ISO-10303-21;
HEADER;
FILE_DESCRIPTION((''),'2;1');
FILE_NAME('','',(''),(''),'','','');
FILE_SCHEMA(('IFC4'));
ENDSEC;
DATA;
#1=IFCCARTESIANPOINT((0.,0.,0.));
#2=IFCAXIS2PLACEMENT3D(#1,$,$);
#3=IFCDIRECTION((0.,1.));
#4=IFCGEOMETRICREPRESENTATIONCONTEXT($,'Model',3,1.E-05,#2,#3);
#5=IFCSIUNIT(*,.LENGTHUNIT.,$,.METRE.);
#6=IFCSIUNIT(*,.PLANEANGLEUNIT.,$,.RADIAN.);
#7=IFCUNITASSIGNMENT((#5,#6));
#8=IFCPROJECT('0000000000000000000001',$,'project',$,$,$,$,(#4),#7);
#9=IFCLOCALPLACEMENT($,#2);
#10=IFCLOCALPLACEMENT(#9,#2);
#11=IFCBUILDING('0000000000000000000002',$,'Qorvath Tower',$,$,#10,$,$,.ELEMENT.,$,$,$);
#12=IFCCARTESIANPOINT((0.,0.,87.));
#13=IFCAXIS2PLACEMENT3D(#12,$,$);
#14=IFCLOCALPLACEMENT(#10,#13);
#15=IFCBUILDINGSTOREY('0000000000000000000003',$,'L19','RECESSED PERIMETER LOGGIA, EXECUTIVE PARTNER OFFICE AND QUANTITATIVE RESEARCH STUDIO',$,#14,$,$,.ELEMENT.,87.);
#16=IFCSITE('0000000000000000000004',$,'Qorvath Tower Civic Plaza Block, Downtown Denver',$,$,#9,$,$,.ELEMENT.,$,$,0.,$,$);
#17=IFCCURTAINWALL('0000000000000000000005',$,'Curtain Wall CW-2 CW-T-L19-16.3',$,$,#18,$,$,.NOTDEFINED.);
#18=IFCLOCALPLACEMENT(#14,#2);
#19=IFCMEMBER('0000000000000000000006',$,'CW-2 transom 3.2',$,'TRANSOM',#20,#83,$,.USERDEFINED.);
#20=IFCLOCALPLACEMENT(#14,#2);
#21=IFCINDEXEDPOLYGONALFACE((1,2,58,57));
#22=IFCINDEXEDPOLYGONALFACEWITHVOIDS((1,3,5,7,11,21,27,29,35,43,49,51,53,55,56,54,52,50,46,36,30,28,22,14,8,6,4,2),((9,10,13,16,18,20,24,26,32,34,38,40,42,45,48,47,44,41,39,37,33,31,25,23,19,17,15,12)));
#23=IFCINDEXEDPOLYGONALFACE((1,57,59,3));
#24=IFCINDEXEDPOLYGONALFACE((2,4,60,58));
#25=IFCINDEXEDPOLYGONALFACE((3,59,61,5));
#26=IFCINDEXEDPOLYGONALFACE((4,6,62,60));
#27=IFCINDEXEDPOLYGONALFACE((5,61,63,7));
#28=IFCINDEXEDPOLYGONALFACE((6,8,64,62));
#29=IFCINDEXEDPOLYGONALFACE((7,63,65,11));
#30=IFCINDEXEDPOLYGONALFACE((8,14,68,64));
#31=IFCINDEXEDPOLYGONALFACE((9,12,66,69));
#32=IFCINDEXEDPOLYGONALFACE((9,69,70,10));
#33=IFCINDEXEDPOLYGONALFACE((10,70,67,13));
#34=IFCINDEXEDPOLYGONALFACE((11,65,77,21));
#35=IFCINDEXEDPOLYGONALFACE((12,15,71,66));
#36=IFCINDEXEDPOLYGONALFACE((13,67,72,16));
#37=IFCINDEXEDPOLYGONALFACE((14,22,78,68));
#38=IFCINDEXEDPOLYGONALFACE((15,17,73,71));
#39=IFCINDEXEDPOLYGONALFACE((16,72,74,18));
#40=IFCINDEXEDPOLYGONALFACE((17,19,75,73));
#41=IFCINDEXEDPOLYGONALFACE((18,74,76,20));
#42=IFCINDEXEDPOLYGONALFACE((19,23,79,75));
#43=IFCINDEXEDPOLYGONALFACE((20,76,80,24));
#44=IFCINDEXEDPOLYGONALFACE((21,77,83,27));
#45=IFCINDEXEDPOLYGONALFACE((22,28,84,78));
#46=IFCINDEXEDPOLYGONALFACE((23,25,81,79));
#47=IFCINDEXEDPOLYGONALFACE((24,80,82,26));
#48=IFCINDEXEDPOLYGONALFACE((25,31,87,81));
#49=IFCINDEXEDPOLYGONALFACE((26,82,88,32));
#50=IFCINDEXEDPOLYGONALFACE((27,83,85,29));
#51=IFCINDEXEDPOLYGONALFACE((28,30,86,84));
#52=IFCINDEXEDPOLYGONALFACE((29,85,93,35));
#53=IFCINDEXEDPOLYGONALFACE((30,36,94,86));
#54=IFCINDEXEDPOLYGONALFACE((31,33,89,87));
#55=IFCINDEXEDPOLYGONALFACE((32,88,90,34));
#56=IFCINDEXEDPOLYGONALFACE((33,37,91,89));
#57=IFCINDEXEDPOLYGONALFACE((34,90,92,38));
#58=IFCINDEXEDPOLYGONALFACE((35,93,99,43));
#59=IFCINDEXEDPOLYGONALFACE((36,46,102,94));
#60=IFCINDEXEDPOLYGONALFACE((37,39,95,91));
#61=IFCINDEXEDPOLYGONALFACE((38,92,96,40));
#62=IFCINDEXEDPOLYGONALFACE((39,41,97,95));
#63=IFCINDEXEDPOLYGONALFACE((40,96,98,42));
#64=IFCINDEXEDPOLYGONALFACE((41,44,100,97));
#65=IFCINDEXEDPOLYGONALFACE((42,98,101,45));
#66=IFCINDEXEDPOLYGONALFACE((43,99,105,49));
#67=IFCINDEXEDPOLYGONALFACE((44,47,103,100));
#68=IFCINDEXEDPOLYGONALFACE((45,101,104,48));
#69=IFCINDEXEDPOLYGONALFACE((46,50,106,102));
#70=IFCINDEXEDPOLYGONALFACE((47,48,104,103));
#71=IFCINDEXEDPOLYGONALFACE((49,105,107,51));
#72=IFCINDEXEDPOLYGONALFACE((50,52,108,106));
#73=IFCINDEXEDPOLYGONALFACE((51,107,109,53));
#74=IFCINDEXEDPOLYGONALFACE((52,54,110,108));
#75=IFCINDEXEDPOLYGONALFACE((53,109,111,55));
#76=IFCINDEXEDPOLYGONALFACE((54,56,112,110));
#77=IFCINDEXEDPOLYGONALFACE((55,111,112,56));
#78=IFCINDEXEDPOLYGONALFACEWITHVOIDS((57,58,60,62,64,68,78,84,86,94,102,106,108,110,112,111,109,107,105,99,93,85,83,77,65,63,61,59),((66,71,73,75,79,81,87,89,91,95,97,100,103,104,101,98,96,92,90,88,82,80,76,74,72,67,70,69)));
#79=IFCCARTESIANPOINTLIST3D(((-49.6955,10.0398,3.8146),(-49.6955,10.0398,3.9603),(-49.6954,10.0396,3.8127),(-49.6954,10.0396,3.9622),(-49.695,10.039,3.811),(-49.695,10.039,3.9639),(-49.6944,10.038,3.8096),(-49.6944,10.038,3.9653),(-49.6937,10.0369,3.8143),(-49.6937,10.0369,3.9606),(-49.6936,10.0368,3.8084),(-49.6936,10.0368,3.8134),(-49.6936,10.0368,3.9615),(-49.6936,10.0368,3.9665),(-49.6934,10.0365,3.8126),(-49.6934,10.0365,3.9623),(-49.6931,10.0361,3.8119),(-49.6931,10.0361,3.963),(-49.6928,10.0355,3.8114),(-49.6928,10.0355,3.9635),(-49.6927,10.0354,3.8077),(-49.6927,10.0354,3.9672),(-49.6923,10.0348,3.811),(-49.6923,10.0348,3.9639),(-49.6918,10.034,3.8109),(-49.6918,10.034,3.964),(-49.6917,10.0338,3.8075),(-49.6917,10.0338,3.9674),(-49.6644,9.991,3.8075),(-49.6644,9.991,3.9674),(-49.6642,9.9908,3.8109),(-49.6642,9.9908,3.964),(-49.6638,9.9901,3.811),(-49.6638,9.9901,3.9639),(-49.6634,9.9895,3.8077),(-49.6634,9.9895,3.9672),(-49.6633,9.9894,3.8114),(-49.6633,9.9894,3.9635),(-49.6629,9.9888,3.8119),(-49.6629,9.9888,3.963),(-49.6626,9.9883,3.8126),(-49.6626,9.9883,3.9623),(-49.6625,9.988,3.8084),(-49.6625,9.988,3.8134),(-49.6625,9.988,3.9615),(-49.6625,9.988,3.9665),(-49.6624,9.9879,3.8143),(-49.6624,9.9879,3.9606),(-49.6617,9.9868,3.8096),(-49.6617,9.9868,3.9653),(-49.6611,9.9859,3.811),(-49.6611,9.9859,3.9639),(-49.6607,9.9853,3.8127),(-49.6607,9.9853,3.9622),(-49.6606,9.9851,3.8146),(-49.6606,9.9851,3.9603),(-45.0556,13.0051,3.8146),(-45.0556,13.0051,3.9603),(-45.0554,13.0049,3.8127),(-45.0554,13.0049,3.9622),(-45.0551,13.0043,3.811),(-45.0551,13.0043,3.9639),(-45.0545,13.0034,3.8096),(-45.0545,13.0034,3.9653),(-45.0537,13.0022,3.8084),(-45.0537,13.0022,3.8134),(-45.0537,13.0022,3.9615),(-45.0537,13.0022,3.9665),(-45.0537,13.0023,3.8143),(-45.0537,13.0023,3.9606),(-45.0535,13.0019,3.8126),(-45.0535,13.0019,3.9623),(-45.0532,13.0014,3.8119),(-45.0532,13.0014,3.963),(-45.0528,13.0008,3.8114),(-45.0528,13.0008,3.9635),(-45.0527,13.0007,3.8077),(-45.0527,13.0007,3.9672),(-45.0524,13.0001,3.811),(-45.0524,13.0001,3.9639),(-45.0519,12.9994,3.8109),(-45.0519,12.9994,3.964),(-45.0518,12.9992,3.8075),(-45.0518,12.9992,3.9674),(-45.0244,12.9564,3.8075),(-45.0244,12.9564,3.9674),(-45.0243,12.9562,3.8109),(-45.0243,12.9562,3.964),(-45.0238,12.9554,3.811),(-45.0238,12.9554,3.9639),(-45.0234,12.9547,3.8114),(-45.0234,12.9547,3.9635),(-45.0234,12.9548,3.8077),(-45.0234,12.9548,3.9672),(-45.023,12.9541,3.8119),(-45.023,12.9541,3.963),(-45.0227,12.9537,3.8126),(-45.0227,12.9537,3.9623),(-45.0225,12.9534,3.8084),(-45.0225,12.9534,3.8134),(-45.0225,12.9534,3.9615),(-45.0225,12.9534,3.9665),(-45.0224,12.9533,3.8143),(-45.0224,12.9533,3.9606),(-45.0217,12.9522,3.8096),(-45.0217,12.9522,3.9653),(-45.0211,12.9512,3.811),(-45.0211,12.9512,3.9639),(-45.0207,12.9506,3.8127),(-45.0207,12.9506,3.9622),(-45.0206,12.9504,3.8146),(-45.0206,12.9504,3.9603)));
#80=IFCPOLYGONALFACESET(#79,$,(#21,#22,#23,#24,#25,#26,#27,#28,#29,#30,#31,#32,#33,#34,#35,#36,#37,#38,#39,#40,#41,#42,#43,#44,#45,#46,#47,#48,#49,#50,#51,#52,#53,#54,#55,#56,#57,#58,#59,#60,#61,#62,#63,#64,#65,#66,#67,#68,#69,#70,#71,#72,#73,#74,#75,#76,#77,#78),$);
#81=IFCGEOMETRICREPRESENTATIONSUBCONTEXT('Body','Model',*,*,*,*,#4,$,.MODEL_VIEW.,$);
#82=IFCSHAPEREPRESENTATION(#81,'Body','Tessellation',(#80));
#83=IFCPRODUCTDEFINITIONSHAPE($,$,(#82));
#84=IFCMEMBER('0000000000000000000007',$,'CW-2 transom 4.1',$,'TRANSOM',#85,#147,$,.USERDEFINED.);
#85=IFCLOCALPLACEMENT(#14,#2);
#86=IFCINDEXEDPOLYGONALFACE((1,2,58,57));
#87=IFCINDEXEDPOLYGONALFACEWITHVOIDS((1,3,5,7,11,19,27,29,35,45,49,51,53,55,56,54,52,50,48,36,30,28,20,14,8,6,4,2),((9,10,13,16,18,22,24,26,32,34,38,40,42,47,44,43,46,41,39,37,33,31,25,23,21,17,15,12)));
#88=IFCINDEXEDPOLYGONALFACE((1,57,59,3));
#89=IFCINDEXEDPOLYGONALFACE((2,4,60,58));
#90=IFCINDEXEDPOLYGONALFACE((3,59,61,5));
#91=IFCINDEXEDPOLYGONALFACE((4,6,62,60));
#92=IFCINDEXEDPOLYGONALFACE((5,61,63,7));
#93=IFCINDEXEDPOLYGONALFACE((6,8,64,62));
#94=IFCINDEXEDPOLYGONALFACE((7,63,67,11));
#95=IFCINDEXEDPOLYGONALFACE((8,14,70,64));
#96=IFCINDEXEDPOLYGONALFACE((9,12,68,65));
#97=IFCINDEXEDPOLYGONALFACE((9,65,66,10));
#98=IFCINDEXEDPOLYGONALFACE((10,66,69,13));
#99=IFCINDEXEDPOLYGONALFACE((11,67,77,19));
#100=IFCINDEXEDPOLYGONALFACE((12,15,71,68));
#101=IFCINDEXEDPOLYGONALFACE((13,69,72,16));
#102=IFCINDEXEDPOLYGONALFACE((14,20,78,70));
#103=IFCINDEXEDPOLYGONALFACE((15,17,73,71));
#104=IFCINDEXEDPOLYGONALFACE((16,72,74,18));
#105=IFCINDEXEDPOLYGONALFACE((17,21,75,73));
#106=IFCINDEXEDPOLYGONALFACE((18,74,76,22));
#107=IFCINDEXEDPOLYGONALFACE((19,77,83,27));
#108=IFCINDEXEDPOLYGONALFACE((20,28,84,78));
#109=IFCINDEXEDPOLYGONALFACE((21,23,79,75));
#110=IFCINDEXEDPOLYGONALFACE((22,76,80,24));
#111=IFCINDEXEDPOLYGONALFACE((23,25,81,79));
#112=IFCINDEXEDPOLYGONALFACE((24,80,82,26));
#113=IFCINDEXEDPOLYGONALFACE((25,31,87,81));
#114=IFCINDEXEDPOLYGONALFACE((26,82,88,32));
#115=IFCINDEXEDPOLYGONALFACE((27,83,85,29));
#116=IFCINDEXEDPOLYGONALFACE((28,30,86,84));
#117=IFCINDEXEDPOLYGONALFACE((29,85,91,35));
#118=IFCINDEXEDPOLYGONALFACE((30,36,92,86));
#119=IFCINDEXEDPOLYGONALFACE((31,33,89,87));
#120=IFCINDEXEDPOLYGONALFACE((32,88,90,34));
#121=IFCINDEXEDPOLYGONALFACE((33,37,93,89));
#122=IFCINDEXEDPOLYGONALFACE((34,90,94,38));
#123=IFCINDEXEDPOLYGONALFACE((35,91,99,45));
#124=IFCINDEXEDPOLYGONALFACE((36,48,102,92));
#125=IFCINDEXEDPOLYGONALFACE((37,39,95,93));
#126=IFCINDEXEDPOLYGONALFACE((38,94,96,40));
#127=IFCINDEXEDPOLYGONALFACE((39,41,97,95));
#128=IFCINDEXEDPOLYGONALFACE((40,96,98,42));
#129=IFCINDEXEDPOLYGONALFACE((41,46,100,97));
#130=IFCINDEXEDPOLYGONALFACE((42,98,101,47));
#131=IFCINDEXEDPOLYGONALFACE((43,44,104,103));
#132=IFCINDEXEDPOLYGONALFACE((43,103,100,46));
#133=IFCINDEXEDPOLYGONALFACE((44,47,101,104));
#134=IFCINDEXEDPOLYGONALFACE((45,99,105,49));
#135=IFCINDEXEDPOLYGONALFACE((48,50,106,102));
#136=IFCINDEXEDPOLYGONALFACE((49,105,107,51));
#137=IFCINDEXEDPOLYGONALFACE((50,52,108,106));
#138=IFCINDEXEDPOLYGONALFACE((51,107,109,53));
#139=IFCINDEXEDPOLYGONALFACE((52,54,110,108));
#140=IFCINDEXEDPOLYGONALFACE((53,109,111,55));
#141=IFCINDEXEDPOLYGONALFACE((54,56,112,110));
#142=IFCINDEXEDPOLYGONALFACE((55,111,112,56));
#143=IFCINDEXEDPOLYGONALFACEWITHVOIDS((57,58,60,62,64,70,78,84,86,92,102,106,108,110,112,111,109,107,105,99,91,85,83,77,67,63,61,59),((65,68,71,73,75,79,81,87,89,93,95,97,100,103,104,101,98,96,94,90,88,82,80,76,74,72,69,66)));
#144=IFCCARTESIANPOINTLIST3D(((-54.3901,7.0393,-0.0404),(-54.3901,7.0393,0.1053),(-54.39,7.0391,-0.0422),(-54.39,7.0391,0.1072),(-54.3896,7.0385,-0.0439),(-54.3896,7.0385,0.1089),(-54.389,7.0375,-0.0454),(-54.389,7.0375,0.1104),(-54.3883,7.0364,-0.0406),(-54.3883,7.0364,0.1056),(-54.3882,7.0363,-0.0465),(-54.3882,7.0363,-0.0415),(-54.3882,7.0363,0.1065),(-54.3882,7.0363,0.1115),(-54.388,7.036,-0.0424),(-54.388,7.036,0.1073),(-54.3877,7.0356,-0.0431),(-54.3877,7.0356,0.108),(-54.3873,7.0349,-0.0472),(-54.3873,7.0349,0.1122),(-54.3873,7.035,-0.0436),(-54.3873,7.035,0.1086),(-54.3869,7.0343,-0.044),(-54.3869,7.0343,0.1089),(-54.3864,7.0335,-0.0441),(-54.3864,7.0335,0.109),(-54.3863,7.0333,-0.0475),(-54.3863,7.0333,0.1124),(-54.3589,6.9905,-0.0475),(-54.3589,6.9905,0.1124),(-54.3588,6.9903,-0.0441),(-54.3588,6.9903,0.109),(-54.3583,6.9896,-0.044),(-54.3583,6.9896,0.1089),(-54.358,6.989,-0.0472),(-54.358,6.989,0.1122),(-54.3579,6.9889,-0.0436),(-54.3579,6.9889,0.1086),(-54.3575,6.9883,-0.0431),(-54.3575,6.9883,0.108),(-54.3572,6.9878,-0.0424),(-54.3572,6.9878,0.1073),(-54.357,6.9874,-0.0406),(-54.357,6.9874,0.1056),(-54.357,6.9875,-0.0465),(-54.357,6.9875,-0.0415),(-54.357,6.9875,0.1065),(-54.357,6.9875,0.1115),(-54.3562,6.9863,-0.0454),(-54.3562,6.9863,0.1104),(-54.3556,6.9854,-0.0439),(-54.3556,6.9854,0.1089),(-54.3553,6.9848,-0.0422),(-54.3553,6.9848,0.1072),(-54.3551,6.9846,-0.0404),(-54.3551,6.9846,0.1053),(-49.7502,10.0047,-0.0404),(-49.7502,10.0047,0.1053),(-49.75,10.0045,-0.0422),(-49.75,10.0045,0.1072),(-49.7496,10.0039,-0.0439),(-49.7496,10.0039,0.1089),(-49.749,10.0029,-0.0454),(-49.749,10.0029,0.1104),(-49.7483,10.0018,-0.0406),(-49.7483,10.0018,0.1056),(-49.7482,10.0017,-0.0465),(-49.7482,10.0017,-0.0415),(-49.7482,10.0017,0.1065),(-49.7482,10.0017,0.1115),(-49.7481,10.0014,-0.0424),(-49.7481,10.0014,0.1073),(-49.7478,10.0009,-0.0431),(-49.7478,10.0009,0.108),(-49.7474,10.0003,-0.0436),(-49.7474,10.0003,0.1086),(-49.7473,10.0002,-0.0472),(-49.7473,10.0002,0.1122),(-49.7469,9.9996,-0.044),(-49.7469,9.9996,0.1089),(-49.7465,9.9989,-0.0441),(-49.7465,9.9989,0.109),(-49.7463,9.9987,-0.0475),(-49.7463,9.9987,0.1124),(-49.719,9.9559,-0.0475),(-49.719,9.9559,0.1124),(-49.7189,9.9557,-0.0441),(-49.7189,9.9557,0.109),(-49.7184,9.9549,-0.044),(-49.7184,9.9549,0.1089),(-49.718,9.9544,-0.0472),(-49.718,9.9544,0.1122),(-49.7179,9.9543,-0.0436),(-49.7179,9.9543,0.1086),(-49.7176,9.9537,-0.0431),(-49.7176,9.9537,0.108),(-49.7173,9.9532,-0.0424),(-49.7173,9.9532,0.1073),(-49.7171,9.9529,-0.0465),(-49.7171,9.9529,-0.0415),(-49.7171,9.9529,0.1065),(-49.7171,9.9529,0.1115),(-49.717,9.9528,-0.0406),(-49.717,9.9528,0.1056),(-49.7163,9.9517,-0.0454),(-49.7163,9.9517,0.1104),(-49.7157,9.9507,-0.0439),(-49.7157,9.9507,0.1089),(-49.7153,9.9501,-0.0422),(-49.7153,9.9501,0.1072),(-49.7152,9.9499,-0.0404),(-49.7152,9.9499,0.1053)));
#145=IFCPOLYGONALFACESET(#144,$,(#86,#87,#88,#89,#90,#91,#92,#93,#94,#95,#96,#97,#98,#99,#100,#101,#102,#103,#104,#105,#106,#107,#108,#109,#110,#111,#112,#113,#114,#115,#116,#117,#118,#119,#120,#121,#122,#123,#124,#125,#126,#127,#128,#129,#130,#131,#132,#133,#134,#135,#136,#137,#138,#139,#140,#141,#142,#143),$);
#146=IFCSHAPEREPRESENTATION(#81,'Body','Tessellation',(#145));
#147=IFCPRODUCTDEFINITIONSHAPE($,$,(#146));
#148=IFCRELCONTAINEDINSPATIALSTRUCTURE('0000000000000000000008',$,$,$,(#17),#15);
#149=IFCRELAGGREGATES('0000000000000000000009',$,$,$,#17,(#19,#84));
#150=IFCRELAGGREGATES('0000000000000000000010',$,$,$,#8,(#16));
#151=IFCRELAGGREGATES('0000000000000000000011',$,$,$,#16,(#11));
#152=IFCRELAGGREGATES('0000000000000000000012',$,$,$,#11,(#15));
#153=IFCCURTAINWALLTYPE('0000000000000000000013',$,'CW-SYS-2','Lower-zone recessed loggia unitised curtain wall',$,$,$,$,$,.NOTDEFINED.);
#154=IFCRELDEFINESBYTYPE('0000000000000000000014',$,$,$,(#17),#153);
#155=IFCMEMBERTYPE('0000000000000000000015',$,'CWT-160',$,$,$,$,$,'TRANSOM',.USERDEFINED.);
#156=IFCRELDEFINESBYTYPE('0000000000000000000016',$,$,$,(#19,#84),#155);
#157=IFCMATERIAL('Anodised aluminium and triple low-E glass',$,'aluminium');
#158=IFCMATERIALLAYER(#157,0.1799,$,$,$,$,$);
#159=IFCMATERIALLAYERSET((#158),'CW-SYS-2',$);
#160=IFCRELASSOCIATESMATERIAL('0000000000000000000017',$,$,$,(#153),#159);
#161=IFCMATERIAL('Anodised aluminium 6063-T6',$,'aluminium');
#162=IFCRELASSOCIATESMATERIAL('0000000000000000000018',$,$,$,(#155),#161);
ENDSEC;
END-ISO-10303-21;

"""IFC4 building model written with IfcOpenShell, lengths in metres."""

from ifc_helpers import new_model, si_unit, direction, frame, origin, origin_2d, place, context, subcontext, project, spatial, hollow_rectangle, extrude, material, layer, layer_set, material_profile, profile_set, type_object, element, aggregate, save


model = new_model("IFC4")

# Units and contexts
model_context = context("Model", 3, precision=1e-05, world=origin(), true_north=direction((0.0, 1.0)))
body_context = subcontext(model_context, "Body", "Model", "MODEL_VIEW")
ifc_project = project(units=[si_unit("LENGTHUNIT", "METRE"), si_unit("PLANEANGLEUNIT", "RADIAN")], contexts=[model_context])

# Site, building, storey
site_placement = place(None, origin())
site = spatial("IfcSite", under=ifc_project, at=site_placement, Name="Qorvath Tower Civic Plaza Block, Downtown Denver", CompositionType="ELEMENT", RefElevation=0.0)
building_placement = place(site_placement, origin())
building = spatial("IfcBuilding", under=site, at=building_placement, Name="Qorvath Tower", CompositionType="ELEMENT")
storey_placement = place(building_placement, frame((0.0, 0.0, 87.0)))
storey = spatial("IfcBuildingStorey", under=building, at=storey_placement, Name="L19", Description="RECESSED PERIMETER LOGGIA, EXECUTIVE PARTNER OFFICE AND QUANTITATIVE RESEARCH STUDIO", CompositionType="ELEMENT", Elevation=87.0)

# Curtain wall, members
ifc_material_1 = material(Name="Anodised aluminium and triple low-E glass", Category="aluminium")
ifc_layer_1 = layer(ifc_material_1, 0.1799)
ifc_layer_set_1 = layer_set([ifc_layer_1], Name="CW-SYS-2")
curtain_wall_type = type_object("IfcCurtainWallType", Name="CW-SYS-2", Description="Lower-zone recessed loggia unitised curtain wall", PredefinedType="NOTDEFINED", material=ifc_layer_set_1)
curtain_wall_placement = place(storey_placement, origin())
curtain_wall = element("IfcCurtainWall", 1, at=curtain_wall_placement, inside=storey, type_object=curtain_wall_type, Name="Curtain Wall CW-2 CW-T-L19-16.3", PredefinedType="NOTDEFINED")
ifc_material_2 = material(Name="Anodised aluminium 6063-T6", Category="aluminium")
ifc_material_profile_1 = material_profile(ifc_material_2, hollow_rectangle(XDim=0.0649, YDim=0.1599, WallThickness=0.0034, InnerFilletRadius=0.0034, OuterFilletRadius=0.0071, at=origin_2d()), Name="CWT 160x65")
ifc_profile_set_1 = profile_set([ifc_material_profile_1], Name="Anodised aluminium 6063-T6")
member_type_1 = type_object("IfcMemberType", Name="CWT-160", ElementType="TRANSOM", PredefinedType="USERDEFINED", material=ifc_profile_set_1)
member_1_placement = place(storey_placement, frame((-45.0381, 12.9778, 3.8875), z_axis=(-0.842617, -0.538513, 0.0), x_axis=(0.538513, -0.842617, 0.0)))
member_1 = element("IfcMember", 2, at=member_1_placement, type_object=member_type_1, Name="CW-2 transom 3.2", ObjectType="TRANSOM", PredefinedType="USERDEFINED", context=body_context, shape_type="SweptSolid", body=[
    extrude(hollow_rectangle(XDim=0.0649, YDim=0.1599, WallThickness=0.0034, InnerFilletRadius=0.0034, OuterFilletRadius=0.0071, at=origin_2d()), origin(), (0.0, 0.0, 1.0), 5.5066),
])
member_2_placement = place(storey_placement, frame((-49.7327, 9.9773, 0.0325), z_axis=(-0.842617, -0.538513, 0.0), x_axis=(0.538513, -0.842617, 0.0)))
member_2 = element("IfcMember", 3, at=member_2_placement, type_object=member_type_1, Name="CW-2 transom 4.1", ObjectType="TRANSOM", PredefinedType="USERDEFINED", context=body_context, shape_type="SweptSolid", body=[
    extrude(hollow_rectangle(XDim=0.0649, YDim=0.1599, WallThickness=0.0034, InnerFilletRadius=0.0034, OuterFilletRadius=0.0071, at=origin_2d()), origin(), (0.0, 0.0, 1.0), 5.5066),
])
aggregate(curtain_wall, [member_1, member_2])

save(model, "model.ifc")
